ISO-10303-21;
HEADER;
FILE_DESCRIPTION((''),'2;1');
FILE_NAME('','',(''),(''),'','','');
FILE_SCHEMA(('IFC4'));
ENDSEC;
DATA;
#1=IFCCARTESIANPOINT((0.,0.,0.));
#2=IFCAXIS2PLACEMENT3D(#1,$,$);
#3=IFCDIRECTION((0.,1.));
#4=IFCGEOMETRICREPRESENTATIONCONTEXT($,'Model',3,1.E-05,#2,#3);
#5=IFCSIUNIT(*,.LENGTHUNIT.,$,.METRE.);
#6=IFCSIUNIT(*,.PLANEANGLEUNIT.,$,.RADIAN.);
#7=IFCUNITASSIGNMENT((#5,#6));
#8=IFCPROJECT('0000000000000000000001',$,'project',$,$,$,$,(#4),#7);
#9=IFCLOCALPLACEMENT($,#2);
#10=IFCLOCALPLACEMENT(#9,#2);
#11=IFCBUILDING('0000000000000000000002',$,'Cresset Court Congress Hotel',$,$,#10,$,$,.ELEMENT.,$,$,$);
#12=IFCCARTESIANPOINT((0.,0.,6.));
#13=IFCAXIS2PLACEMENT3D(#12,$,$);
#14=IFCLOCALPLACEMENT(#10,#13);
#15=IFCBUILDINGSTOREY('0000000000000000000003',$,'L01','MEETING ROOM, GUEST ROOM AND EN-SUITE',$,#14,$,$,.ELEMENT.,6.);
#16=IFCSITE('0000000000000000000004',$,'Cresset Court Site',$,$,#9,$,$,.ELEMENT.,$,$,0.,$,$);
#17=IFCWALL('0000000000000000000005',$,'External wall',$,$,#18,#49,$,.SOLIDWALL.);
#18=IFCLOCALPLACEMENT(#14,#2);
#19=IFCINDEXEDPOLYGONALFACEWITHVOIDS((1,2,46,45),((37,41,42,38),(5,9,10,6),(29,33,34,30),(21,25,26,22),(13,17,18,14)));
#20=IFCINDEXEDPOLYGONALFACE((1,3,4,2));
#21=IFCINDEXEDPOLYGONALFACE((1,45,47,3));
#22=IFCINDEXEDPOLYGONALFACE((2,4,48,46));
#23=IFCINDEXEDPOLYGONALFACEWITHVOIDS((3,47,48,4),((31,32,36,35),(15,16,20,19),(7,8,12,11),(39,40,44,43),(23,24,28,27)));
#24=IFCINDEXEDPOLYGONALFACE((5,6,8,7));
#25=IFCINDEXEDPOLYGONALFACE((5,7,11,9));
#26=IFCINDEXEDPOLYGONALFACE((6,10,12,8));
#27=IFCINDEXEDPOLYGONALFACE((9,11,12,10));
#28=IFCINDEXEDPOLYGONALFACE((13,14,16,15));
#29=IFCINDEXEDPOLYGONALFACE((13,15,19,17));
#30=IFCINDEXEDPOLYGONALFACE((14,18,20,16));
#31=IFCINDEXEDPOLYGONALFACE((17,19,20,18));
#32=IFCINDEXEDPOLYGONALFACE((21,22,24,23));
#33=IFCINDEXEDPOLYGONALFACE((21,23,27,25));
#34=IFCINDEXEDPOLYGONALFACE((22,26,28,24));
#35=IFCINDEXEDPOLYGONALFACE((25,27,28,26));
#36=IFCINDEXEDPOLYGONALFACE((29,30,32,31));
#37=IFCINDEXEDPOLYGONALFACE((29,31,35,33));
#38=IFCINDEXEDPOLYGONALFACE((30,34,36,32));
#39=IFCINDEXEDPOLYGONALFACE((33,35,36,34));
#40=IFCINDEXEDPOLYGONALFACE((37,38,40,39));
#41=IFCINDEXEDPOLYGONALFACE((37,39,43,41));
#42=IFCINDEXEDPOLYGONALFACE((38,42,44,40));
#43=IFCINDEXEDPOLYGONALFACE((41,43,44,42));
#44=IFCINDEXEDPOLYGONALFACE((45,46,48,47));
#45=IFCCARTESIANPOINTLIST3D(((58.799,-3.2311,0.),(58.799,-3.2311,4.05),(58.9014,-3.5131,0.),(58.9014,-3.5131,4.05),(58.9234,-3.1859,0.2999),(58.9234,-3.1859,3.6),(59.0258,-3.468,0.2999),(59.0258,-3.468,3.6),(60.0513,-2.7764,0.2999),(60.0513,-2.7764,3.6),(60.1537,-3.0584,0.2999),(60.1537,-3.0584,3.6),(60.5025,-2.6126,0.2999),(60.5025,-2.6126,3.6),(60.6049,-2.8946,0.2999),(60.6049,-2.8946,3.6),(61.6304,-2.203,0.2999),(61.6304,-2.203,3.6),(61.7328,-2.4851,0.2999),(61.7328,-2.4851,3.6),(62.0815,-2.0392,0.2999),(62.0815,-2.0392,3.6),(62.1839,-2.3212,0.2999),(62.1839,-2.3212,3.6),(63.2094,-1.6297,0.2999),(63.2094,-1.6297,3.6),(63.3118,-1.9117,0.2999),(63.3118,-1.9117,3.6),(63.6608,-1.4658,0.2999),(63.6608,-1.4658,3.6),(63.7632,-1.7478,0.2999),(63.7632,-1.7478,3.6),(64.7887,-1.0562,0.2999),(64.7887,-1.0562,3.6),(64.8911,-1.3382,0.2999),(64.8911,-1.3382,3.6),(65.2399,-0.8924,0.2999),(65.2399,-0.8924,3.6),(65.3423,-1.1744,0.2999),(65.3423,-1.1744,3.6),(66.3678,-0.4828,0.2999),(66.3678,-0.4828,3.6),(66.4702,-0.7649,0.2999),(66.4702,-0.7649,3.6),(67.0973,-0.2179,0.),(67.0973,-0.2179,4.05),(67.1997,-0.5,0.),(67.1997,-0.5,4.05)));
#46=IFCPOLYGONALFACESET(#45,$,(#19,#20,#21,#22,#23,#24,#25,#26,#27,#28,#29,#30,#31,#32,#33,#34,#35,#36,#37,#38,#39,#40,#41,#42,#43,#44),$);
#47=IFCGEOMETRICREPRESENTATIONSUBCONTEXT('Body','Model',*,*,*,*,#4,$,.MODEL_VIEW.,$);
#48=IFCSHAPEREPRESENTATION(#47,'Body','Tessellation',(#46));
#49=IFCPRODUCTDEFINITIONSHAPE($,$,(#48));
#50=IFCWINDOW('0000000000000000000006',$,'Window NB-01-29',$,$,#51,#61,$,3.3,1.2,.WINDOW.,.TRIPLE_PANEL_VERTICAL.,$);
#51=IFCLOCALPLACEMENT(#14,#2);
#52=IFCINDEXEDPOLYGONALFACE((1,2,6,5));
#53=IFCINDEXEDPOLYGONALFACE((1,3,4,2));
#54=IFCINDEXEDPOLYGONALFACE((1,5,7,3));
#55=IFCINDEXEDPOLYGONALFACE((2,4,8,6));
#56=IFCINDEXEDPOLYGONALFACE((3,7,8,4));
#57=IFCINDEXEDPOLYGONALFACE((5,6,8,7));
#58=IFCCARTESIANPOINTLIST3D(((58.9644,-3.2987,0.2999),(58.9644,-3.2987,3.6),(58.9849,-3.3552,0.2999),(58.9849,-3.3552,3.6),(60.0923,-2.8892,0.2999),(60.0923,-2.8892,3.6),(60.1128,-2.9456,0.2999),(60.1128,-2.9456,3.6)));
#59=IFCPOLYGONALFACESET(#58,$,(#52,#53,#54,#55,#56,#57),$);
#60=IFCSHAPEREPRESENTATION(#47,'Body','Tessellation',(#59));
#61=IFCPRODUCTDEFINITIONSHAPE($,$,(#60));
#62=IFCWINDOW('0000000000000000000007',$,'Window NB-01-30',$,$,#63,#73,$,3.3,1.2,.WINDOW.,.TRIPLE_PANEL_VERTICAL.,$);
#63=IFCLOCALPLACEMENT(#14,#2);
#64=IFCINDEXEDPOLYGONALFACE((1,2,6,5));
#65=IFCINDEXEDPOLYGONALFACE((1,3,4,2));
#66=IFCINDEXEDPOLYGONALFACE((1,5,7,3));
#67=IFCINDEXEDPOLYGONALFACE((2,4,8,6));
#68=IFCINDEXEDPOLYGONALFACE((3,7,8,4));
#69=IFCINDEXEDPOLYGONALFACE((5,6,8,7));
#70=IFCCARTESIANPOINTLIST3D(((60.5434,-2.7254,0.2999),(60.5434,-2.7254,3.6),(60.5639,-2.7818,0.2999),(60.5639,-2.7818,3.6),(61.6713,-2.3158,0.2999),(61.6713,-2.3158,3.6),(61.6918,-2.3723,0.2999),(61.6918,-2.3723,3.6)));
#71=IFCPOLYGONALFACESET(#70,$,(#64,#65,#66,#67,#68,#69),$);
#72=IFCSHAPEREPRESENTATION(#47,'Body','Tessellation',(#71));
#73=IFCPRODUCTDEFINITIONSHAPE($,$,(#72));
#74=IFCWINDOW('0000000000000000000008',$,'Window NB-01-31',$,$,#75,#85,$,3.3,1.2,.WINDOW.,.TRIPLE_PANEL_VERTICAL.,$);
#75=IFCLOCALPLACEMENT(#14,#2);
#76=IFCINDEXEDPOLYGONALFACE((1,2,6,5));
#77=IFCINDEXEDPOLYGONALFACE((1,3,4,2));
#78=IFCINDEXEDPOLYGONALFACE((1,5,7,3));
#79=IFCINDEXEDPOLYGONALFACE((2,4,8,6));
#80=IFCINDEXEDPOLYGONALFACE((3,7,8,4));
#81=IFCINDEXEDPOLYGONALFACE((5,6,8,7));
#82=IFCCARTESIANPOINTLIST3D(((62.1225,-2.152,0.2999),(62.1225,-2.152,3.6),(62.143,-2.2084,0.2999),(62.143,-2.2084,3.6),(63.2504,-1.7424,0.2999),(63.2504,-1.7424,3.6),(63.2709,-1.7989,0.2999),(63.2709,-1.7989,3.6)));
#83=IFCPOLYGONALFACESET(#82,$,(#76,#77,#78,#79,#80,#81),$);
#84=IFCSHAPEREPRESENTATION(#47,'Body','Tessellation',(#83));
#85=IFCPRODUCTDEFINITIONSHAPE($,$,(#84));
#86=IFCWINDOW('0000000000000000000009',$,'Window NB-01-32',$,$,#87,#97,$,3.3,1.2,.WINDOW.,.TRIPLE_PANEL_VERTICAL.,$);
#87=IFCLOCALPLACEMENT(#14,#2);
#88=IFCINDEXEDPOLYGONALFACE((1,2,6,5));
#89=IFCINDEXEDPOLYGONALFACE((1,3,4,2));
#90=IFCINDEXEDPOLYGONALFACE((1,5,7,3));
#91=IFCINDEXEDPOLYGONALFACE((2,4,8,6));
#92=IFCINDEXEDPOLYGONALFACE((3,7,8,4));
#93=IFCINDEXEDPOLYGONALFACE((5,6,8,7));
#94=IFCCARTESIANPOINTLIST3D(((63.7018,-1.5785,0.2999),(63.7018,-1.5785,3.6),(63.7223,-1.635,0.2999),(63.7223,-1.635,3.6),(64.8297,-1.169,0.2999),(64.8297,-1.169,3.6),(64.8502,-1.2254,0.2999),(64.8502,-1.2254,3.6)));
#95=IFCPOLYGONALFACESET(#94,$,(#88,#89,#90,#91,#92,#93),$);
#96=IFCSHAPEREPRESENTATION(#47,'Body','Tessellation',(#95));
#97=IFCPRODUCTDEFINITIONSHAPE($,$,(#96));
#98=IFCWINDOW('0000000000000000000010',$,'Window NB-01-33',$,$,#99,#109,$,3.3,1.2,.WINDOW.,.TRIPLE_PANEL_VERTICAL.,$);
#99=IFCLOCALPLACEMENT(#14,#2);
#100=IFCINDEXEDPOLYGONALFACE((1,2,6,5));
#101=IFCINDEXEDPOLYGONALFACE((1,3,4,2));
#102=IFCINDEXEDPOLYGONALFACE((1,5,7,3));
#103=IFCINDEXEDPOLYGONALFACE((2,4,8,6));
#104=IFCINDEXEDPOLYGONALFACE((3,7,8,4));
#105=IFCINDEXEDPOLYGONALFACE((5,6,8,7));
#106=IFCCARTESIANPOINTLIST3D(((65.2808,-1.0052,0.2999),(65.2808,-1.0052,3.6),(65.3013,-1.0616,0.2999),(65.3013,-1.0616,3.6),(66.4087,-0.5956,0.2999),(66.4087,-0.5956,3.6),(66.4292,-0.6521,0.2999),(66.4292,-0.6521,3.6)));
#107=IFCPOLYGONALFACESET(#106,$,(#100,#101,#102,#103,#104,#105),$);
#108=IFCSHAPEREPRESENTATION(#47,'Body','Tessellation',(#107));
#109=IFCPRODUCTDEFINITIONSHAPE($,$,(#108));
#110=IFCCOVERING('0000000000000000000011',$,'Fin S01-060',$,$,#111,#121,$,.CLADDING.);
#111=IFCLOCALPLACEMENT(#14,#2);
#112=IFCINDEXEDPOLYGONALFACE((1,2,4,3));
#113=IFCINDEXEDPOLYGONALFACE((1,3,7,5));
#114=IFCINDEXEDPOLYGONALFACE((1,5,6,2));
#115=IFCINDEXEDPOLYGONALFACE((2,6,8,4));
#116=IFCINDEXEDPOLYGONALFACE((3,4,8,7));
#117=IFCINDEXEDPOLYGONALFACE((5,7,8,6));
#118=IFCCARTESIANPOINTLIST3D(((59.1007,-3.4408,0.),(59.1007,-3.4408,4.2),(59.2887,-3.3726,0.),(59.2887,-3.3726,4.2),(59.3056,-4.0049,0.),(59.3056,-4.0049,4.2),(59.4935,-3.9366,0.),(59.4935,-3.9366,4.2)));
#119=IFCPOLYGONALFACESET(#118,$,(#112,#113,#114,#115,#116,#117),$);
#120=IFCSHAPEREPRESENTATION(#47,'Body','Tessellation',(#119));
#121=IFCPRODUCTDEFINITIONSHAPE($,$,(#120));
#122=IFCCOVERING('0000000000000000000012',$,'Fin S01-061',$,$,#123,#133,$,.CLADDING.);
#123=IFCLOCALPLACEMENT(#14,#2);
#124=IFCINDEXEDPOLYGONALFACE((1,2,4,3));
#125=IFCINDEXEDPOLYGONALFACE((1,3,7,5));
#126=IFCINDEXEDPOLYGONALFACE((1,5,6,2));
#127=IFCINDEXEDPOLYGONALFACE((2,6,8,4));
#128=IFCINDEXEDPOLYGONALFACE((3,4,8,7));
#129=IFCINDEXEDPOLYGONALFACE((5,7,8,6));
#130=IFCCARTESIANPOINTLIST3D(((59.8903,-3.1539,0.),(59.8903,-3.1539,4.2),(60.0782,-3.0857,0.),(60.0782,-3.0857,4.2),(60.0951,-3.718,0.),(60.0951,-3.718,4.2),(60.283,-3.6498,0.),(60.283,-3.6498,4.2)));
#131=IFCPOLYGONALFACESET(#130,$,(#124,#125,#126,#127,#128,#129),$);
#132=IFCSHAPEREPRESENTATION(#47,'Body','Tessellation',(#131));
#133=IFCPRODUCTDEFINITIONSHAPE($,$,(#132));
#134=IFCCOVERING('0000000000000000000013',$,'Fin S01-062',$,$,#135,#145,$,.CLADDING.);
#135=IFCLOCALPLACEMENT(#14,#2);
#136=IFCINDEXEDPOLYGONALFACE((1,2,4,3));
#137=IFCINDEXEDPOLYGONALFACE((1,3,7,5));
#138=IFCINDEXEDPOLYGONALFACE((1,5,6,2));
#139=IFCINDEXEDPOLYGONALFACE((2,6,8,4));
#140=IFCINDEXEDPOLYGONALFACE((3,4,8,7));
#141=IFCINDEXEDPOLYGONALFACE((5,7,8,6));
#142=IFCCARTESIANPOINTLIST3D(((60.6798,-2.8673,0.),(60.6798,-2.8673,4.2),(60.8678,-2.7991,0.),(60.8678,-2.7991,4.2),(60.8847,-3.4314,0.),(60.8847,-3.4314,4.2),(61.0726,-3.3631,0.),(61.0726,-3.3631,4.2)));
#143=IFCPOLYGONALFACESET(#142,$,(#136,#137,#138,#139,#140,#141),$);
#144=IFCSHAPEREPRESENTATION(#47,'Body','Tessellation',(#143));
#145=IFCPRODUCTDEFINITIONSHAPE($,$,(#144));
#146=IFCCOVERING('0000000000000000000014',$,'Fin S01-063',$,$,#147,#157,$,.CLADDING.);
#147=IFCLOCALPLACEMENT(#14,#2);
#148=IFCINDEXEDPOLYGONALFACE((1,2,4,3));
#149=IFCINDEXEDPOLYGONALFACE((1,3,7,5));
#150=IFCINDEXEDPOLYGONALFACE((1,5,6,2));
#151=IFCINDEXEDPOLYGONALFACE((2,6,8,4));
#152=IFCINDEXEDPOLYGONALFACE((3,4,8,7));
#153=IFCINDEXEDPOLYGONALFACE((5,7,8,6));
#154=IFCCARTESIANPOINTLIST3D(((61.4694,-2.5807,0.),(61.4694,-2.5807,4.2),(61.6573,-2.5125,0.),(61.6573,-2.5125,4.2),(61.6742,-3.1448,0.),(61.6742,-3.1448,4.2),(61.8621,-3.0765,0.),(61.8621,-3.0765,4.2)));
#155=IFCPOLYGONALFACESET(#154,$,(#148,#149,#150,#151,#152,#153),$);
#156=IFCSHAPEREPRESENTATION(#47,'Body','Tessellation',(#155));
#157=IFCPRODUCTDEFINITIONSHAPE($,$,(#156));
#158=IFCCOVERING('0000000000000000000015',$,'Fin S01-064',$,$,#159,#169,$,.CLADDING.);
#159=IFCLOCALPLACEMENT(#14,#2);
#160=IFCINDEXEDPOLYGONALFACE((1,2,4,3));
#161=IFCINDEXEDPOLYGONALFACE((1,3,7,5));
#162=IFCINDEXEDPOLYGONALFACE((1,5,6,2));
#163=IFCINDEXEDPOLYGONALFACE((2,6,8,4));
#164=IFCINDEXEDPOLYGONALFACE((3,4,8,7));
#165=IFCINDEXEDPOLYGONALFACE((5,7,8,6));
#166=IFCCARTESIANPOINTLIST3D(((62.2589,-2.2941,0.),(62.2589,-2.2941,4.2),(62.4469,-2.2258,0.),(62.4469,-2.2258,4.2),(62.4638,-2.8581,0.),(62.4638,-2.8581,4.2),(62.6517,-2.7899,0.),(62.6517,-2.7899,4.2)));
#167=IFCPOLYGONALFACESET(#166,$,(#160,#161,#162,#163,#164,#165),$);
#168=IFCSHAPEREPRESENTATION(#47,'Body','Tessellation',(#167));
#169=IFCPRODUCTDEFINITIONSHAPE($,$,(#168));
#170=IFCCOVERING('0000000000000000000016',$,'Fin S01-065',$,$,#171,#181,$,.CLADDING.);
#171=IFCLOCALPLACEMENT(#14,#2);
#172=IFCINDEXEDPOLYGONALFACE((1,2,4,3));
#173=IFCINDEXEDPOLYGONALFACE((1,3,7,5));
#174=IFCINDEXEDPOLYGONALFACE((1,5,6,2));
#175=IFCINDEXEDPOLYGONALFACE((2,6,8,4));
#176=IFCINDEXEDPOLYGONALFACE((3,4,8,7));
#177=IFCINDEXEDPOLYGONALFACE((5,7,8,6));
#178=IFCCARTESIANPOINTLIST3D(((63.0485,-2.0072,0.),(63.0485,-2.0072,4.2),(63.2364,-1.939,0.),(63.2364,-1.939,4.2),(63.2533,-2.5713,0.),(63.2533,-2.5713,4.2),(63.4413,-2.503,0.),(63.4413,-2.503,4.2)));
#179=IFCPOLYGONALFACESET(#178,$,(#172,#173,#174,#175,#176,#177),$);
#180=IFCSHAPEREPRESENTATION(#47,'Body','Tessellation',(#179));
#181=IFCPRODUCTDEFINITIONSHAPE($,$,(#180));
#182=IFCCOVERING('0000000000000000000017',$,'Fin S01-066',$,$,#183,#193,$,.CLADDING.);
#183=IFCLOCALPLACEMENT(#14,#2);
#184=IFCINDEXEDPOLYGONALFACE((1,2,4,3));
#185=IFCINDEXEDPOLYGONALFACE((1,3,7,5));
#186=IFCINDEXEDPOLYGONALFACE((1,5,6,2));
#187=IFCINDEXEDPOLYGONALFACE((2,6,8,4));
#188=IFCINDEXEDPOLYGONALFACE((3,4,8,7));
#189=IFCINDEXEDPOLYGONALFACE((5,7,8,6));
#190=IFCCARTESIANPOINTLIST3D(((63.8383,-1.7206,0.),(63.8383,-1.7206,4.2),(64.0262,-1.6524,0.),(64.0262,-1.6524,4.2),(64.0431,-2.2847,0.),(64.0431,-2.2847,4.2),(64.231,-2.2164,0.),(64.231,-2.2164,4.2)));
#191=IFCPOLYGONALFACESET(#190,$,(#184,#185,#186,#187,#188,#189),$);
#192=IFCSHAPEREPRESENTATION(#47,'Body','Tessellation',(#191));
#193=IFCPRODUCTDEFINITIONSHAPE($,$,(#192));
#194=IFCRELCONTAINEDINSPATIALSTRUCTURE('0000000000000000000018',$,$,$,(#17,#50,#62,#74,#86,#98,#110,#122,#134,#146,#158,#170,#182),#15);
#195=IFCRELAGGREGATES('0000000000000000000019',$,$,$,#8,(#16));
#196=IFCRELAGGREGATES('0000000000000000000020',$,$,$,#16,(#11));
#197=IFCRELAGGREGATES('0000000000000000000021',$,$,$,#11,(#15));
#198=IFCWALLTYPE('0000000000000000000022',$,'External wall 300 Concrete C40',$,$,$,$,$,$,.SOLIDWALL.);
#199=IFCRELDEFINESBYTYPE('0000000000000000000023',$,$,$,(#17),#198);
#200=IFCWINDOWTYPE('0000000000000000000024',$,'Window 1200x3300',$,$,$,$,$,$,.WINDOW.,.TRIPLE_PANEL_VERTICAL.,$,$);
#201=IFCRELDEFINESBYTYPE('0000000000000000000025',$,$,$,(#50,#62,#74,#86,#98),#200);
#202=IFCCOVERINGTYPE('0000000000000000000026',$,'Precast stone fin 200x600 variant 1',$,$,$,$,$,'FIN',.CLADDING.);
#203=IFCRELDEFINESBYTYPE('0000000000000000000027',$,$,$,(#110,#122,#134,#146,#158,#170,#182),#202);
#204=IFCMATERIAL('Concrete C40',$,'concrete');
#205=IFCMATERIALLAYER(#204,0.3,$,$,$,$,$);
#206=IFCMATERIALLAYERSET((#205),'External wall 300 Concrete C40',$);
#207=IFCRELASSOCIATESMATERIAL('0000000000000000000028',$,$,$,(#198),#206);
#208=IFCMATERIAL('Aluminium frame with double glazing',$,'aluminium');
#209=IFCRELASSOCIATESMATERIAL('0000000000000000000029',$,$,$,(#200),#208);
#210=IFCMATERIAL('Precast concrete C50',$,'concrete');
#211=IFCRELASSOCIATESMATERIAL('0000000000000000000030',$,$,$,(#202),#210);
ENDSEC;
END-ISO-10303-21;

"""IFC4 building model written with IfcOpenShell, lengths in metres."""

from ifc_helpers import new_model, si_unit, direction, frame, frame_2d, origin, origin_2d, place, context, subcontext, project, spatial, rectangle, extrude, material, layer, layer_set, type_object, element, fill, save


model = new_model("IFC4")

# Units and contexts
model_context = context("Model", 3, precision=1e-05, world=origin(), true_north=direction((0.0, 1.0)))
body_context = subcontext(model_context, "Body", "Model", "MODEL_VIEW")
ifc_project = project(units=[si_unit("LENGTHUNIT", "METRE"), si_unit("PLANEANGLEUNIT", "RADIAN")], contexts=[model_context])

# Site, building, storey
site_placement = place(None, origin())
site = spatial("IfcSite", under=ifc_project, at=site_placement, Name="Cresset Court Site", CompositionType="ELEMENT", RefElevation=0.0)
building_placement = place(site_placement, origin())
building = spatial("IfcBuilding", under=site, at=building_placement, Name="Cresset Court Congress Hotel", CompositionType="ELEMENT")
storey_placement = place(building_placement, frame((0.0, 0.0, 6.0)))
storey = spatial("IfcBuildingStorey", under=building, at=storey_placement, Name="L01", Description="MEETING ROOM, GUEST ROOM AND EN-SUITE", CompositionType="ELEMENT", Elevation=6.0)

# Shared definitions
ifc_material_1 = material(Name="Concrete C40", Category="concrete")
ifc_layer_1 = layer(ifc_material_1, 0.3)
ifc_layer_set_1 = layer_set([ifc_layer_1], Name="External wall 300 Concrete C40")
wall_type = type_object("IfcWallType", Name="External wall 300 Concrete C40", PredefinedType="SOLIDWALL", material=ifc_layer_set_1)

# Wall, openings, windows
wall_1_placement = place(storey_placement, frame((58.8503, -3.3721, 0.0), z_axis=(0.0, 0.0, 1.0), x_axis=(0.939953, 0.341303, 0.0)))
wall_1 = element("IfcWall", 1, at=wall_1_placement, inside=storey, type_object=wall_type, Name="External wall", PredefinedType="SOLIDWALL", context=body_context, shape_type="SweptSolid", body=[
    extrude(rectangle(XDim=8.8284, YDim=0.3, at=frame_2d((4.4141, 0.0))), origin(), (0.0, 0.0, 1.0), 4.05),
])
opening_1_placement = place(wall_1_placement, frame((0.1321, 0.0, 0.3)))
opening_1 = element("IfcOpeningElement", 2, at=opening_1_placement, cuts=wall_1, PredefinedType="OPENING", context=body_context, shape_type="SweptSolid", body=[
    extrude(rectangle(XDim=1.2, YDim=3.3, at=frame_2d((0.6001, 1.6499))), frame((0.0, 0.1599, 0.0), z_axis=(0.0, -1.0, 0.0), x_axis=(1.0, 0.0, 0.0)), (0.0, 0.0, 1.0), 0.3201),
])
opening_2_placement = place(wall_1_placement, frame((1.812, 0.0, 0.3)))
opening_2 = element("IfcOpeningElement", 3, at=opening_2_placement, cuts=wall_1, PredefinedType="OPENING", context=body_context, shape_type="SweptSolid", body=[
    extrude(rectangle(XDim=1.2, YDim=3.3, at=frame_2d((0.6001, 1.6499))), frame((0.0, 0.1599, 0.0), z_axis=(0.0, -1.0, 0.0), x_axis=(1.0, 0.0, 0.0)), (0.0, 0.0, 1.0), 0.3201),
])
opening_3_placement = place(wall_1_placement, frame((3.4919, 0.0, 0.3)))
opening_3 = element("IfcOpeningElement", 4, at=opening_3_placement, cuts=wall_1, PredefinedType="OPENING", context=body_context, shape_type="SweptSolid", body=[
    extrude(rectangle(XDim=1.2, YDim=3.3, at=frame_2d((0.6001, 1.6499))), frame((0.0, 0.1599, 0.0), z_axis=(0.0, -1.0, 0.0), x_axis=(1.0, 0.0, 0.0)), (0.0, 0.0, 1.0), 0.3201),
])
opening_4_placement = place(wall_1_placement, frame((5.1721, 0.0, 0.3)))
opening_4 = element("IfcOpeningElement", 5, at=opening_4_placement, cuts=wall_1, PredefinedType="OPENING", context=body_context, shape_type="SweptSolid", body=[
    extrude(rectangle(XDim=1.2, YDim=3.3, at=frame_2d((0.6001, 1.6499))), frame((0.0, 0.1599, 0.0), z_axis=(0.0, -1.0, 0.0), x_axis=(1.0, 0.0, 0.0)), (0.0, 0.0, 1.0), 0.3201),
])
opening_5_placement = place(wall_1_placement, frame((6.8521, 0.0, 0.3)))
opening_5 = element("IfcOpeningElement", 6, at=opening_5_placement, cuts=wall_1, PredefinedType="OPENING", context=body_context, shape_type="SweptSolid", body=[
    extrude(rectangle(XDim=1.2, YDim=3.3, at=frame_2d((0.6001, 1.6499))), frame((0.0, 0.1599, 0.0), z_axis=(0.0, -1.0, 0.0), x_axis=(1.0, 0.0, 0.0)), (0.0, 0.0, 1.0), 0.3201),
])
ifc_material_2 = material(Name="Aluminium frame with double glazing", Category="aluminium")
window_type = type_object("IfcWindowType", Name="Window 1200x3300", PartitioningType="TRIPLE_PANEL_VERTICAL", PredefinedType="WINDOW", material=ifc_material_2)
window_1_placement = place(opening_1_placement, origin())
window_1 = element("IfcWindow", 7, at=window_1_placement, inside=storey, type_object=window_type, Name="Window NB-01-29", OverallHeight=3.3, OverallWidth=1.2, PartitioningType="TRIPLE_PANEL_VERTICAL", PredefinedType="WINDOW", context=body_context, shape_type="SweptSolid", body=[
    extrude(rectangle(XDim=1.2, YDim=3.3, at=frame_2d((0.6001, 1.6499))), frame((0.0, 0.03, 0.0), z_axis=(0.0, -1.0, 0.0), x_axis=(1.0, 0.0, 0.0)), (0.0, 0.0, 1.0), 0.0601),
])
fill(opening_1, window_1)
window_2_placement = place(opening_2_placement, origin())
window_2 = element("IfcWindow", 8, at=window_2_placement, inside=storey, type_object=window_type, Name="Window NB-01-30", OverallHeight=3.3, OverallWidth=1.2, PartitioningType="TRIPLE_PANEL_VERTICAL", PredefinedType="WINDOW", context=body_context, shape_type="SweptSolid", body=[
    extrude(rectangle(XDim=1.2, YDim=3.3, at=frame_2d((0.6001, 1.6499))), frame((0.0, 0.03, 0.0), z_axis=(0.0, -1.0, 0.0), x_axis=(1.0, 0.0, 0.0)), (0.0, 0.0, 1.0), 0.0601),
])
fill(opening_2, window_2)
window_3_placement = place(opening_3_placement, origin())
window_3 = element("IfcWindow", 9, at=window_3_placement, inside=storey, type_object=window_type, Name="Window NB-01-31", OverallHeight=3.3, OverallWidth=1.2, PartitioningType="TRIPLE_PANEL_VERTICAL", PredefinedType="WINDOW", context=body_context, shape_type="SweptSolid", body=[
    extrude(rectangle(XDim=1.2, YDim=3.3, at=frame_2d((0.6001, 1.6499))), frame((0.0, 0.03, 0.0), z_axis=(0.0, -1.0, 0.0), x_axis=(1.0, 0.0, 0.0)), (0.0, 0.0, 1.0), 0.0601),
])
fill(opening_3, window_3)
window_4_placement = place(opening_4_placement, origin())
window_4 = element("IfcWindow", 10, at=window_4_placement, inside=storey, type_object=window_type, Name="Window NB-01-32", OverallHeight=3.3, OverallWidth=1.2, PartitioningType="TRIPLE_PANEL_VERTICAL", PredefinedType="WINDOW", context=body_context, shape_type="SweptSolid", body=[
    extrude(rectangle(XDim=1.2, YDim=3.3, at=frame_2d((0.6001, 1.6499))), frame((0.0, 0.03, 0.0), z_axis=(0.0, -1.0, 0.0), x_axis=(1.0, 0.0, 0.0)), (0.0, 0.0, 1.0), 0.0601),
])
fill(opening_4, window_4)
window_5_placement = place(opening_5_placement, origin())
window_5 = element("IfcWindow", 11, at=window_5_placement, inside=storey, type_object=window_type, Name="Window NB-01-33", OverallHeight=3.3, OverallWidth=1.2, PartitioningType="TRIPLE_PANEL_VERTICAL", PredefinedType="WINDOW", context=body_context, shape_type="SweptSolid", body=[
    extrude(rectangle(XDim=1.2, YDim=3.3, at=frame_2d((0.6001, 1.6499))), frame((0.0, 0.03, 0.0), z_axis=(0.0, -1.0, 0.0), x_axis=(1.0, 0.0, 0.0)), (0.0, 0.0, 1.0), 0.0601),
])
fill(opening_5, window_5)

# Coverings
ifc_material_3 = material(Name="Precast concrete C50", Category="concrete")
covering_type_1 = type_object("IfcCoveringType", Name="Precast stone fin 200x600 variant 1", ElementType="FIN", PredefinedType="CLADDING", material=ifc_material_3)
for number, where, z_axis, x_axis, name in (
    (12, (59.2971, -3.6887, 0.0), (0.0, 0.0, 1.0), (0.939957, 0.341293, 0.0), "Fin S01-060"),
    (13, (60.0867, -3.4019, 0.0), (0.0, 0.0, 1.0), (0.939957, 0.341293, 0.0), "Fin S01-061"),
    (14, (60.8762, -3.1152, 0.0), (0.0, 0.0, 1.0), (0.939957, 0.341293, 0.0), "Fin S01-062"),
    (15, (61.6658, -2.8286, 0.0), (0.0, 0.0, 1.0), (0.939957, 0.341293, 0.0), "Fin S01-063"),
    (16, (62.4553, -2.542, 0.0), (0.0, 0.0, 1.0), (0.939957, 0.341293, 0.0), "Fin S01-064"),
    (17, (63.2449, -2.2551, 0.0), (0.0, 0.0, 1.0), (0.939957, 0.341293, 0.0), "Fin S01-065"),
    (18, (64.0347, -1.9685, 0.0), (0.0, 0.0, 1.0), (0.939957, 0.341293, 0.0), "Fin S01-066"),
):
    element("IfcCovering", number, at=place(storey_placement, frame(where, z_axis=z_axis, x_axis=x_axis)), inside=storey, type_object=covering_type_1, Name=name, PredefinedType="CLADDING", context=body_context, shape_type="SweptSolid", body=[
        extrude(rectangle(XDim=0.2, YDim=0.6001, at=origin_2d()), origin(), (0.0, 0.0, 1.0), 4.2),
    ])

save(model, "model.ifc")
